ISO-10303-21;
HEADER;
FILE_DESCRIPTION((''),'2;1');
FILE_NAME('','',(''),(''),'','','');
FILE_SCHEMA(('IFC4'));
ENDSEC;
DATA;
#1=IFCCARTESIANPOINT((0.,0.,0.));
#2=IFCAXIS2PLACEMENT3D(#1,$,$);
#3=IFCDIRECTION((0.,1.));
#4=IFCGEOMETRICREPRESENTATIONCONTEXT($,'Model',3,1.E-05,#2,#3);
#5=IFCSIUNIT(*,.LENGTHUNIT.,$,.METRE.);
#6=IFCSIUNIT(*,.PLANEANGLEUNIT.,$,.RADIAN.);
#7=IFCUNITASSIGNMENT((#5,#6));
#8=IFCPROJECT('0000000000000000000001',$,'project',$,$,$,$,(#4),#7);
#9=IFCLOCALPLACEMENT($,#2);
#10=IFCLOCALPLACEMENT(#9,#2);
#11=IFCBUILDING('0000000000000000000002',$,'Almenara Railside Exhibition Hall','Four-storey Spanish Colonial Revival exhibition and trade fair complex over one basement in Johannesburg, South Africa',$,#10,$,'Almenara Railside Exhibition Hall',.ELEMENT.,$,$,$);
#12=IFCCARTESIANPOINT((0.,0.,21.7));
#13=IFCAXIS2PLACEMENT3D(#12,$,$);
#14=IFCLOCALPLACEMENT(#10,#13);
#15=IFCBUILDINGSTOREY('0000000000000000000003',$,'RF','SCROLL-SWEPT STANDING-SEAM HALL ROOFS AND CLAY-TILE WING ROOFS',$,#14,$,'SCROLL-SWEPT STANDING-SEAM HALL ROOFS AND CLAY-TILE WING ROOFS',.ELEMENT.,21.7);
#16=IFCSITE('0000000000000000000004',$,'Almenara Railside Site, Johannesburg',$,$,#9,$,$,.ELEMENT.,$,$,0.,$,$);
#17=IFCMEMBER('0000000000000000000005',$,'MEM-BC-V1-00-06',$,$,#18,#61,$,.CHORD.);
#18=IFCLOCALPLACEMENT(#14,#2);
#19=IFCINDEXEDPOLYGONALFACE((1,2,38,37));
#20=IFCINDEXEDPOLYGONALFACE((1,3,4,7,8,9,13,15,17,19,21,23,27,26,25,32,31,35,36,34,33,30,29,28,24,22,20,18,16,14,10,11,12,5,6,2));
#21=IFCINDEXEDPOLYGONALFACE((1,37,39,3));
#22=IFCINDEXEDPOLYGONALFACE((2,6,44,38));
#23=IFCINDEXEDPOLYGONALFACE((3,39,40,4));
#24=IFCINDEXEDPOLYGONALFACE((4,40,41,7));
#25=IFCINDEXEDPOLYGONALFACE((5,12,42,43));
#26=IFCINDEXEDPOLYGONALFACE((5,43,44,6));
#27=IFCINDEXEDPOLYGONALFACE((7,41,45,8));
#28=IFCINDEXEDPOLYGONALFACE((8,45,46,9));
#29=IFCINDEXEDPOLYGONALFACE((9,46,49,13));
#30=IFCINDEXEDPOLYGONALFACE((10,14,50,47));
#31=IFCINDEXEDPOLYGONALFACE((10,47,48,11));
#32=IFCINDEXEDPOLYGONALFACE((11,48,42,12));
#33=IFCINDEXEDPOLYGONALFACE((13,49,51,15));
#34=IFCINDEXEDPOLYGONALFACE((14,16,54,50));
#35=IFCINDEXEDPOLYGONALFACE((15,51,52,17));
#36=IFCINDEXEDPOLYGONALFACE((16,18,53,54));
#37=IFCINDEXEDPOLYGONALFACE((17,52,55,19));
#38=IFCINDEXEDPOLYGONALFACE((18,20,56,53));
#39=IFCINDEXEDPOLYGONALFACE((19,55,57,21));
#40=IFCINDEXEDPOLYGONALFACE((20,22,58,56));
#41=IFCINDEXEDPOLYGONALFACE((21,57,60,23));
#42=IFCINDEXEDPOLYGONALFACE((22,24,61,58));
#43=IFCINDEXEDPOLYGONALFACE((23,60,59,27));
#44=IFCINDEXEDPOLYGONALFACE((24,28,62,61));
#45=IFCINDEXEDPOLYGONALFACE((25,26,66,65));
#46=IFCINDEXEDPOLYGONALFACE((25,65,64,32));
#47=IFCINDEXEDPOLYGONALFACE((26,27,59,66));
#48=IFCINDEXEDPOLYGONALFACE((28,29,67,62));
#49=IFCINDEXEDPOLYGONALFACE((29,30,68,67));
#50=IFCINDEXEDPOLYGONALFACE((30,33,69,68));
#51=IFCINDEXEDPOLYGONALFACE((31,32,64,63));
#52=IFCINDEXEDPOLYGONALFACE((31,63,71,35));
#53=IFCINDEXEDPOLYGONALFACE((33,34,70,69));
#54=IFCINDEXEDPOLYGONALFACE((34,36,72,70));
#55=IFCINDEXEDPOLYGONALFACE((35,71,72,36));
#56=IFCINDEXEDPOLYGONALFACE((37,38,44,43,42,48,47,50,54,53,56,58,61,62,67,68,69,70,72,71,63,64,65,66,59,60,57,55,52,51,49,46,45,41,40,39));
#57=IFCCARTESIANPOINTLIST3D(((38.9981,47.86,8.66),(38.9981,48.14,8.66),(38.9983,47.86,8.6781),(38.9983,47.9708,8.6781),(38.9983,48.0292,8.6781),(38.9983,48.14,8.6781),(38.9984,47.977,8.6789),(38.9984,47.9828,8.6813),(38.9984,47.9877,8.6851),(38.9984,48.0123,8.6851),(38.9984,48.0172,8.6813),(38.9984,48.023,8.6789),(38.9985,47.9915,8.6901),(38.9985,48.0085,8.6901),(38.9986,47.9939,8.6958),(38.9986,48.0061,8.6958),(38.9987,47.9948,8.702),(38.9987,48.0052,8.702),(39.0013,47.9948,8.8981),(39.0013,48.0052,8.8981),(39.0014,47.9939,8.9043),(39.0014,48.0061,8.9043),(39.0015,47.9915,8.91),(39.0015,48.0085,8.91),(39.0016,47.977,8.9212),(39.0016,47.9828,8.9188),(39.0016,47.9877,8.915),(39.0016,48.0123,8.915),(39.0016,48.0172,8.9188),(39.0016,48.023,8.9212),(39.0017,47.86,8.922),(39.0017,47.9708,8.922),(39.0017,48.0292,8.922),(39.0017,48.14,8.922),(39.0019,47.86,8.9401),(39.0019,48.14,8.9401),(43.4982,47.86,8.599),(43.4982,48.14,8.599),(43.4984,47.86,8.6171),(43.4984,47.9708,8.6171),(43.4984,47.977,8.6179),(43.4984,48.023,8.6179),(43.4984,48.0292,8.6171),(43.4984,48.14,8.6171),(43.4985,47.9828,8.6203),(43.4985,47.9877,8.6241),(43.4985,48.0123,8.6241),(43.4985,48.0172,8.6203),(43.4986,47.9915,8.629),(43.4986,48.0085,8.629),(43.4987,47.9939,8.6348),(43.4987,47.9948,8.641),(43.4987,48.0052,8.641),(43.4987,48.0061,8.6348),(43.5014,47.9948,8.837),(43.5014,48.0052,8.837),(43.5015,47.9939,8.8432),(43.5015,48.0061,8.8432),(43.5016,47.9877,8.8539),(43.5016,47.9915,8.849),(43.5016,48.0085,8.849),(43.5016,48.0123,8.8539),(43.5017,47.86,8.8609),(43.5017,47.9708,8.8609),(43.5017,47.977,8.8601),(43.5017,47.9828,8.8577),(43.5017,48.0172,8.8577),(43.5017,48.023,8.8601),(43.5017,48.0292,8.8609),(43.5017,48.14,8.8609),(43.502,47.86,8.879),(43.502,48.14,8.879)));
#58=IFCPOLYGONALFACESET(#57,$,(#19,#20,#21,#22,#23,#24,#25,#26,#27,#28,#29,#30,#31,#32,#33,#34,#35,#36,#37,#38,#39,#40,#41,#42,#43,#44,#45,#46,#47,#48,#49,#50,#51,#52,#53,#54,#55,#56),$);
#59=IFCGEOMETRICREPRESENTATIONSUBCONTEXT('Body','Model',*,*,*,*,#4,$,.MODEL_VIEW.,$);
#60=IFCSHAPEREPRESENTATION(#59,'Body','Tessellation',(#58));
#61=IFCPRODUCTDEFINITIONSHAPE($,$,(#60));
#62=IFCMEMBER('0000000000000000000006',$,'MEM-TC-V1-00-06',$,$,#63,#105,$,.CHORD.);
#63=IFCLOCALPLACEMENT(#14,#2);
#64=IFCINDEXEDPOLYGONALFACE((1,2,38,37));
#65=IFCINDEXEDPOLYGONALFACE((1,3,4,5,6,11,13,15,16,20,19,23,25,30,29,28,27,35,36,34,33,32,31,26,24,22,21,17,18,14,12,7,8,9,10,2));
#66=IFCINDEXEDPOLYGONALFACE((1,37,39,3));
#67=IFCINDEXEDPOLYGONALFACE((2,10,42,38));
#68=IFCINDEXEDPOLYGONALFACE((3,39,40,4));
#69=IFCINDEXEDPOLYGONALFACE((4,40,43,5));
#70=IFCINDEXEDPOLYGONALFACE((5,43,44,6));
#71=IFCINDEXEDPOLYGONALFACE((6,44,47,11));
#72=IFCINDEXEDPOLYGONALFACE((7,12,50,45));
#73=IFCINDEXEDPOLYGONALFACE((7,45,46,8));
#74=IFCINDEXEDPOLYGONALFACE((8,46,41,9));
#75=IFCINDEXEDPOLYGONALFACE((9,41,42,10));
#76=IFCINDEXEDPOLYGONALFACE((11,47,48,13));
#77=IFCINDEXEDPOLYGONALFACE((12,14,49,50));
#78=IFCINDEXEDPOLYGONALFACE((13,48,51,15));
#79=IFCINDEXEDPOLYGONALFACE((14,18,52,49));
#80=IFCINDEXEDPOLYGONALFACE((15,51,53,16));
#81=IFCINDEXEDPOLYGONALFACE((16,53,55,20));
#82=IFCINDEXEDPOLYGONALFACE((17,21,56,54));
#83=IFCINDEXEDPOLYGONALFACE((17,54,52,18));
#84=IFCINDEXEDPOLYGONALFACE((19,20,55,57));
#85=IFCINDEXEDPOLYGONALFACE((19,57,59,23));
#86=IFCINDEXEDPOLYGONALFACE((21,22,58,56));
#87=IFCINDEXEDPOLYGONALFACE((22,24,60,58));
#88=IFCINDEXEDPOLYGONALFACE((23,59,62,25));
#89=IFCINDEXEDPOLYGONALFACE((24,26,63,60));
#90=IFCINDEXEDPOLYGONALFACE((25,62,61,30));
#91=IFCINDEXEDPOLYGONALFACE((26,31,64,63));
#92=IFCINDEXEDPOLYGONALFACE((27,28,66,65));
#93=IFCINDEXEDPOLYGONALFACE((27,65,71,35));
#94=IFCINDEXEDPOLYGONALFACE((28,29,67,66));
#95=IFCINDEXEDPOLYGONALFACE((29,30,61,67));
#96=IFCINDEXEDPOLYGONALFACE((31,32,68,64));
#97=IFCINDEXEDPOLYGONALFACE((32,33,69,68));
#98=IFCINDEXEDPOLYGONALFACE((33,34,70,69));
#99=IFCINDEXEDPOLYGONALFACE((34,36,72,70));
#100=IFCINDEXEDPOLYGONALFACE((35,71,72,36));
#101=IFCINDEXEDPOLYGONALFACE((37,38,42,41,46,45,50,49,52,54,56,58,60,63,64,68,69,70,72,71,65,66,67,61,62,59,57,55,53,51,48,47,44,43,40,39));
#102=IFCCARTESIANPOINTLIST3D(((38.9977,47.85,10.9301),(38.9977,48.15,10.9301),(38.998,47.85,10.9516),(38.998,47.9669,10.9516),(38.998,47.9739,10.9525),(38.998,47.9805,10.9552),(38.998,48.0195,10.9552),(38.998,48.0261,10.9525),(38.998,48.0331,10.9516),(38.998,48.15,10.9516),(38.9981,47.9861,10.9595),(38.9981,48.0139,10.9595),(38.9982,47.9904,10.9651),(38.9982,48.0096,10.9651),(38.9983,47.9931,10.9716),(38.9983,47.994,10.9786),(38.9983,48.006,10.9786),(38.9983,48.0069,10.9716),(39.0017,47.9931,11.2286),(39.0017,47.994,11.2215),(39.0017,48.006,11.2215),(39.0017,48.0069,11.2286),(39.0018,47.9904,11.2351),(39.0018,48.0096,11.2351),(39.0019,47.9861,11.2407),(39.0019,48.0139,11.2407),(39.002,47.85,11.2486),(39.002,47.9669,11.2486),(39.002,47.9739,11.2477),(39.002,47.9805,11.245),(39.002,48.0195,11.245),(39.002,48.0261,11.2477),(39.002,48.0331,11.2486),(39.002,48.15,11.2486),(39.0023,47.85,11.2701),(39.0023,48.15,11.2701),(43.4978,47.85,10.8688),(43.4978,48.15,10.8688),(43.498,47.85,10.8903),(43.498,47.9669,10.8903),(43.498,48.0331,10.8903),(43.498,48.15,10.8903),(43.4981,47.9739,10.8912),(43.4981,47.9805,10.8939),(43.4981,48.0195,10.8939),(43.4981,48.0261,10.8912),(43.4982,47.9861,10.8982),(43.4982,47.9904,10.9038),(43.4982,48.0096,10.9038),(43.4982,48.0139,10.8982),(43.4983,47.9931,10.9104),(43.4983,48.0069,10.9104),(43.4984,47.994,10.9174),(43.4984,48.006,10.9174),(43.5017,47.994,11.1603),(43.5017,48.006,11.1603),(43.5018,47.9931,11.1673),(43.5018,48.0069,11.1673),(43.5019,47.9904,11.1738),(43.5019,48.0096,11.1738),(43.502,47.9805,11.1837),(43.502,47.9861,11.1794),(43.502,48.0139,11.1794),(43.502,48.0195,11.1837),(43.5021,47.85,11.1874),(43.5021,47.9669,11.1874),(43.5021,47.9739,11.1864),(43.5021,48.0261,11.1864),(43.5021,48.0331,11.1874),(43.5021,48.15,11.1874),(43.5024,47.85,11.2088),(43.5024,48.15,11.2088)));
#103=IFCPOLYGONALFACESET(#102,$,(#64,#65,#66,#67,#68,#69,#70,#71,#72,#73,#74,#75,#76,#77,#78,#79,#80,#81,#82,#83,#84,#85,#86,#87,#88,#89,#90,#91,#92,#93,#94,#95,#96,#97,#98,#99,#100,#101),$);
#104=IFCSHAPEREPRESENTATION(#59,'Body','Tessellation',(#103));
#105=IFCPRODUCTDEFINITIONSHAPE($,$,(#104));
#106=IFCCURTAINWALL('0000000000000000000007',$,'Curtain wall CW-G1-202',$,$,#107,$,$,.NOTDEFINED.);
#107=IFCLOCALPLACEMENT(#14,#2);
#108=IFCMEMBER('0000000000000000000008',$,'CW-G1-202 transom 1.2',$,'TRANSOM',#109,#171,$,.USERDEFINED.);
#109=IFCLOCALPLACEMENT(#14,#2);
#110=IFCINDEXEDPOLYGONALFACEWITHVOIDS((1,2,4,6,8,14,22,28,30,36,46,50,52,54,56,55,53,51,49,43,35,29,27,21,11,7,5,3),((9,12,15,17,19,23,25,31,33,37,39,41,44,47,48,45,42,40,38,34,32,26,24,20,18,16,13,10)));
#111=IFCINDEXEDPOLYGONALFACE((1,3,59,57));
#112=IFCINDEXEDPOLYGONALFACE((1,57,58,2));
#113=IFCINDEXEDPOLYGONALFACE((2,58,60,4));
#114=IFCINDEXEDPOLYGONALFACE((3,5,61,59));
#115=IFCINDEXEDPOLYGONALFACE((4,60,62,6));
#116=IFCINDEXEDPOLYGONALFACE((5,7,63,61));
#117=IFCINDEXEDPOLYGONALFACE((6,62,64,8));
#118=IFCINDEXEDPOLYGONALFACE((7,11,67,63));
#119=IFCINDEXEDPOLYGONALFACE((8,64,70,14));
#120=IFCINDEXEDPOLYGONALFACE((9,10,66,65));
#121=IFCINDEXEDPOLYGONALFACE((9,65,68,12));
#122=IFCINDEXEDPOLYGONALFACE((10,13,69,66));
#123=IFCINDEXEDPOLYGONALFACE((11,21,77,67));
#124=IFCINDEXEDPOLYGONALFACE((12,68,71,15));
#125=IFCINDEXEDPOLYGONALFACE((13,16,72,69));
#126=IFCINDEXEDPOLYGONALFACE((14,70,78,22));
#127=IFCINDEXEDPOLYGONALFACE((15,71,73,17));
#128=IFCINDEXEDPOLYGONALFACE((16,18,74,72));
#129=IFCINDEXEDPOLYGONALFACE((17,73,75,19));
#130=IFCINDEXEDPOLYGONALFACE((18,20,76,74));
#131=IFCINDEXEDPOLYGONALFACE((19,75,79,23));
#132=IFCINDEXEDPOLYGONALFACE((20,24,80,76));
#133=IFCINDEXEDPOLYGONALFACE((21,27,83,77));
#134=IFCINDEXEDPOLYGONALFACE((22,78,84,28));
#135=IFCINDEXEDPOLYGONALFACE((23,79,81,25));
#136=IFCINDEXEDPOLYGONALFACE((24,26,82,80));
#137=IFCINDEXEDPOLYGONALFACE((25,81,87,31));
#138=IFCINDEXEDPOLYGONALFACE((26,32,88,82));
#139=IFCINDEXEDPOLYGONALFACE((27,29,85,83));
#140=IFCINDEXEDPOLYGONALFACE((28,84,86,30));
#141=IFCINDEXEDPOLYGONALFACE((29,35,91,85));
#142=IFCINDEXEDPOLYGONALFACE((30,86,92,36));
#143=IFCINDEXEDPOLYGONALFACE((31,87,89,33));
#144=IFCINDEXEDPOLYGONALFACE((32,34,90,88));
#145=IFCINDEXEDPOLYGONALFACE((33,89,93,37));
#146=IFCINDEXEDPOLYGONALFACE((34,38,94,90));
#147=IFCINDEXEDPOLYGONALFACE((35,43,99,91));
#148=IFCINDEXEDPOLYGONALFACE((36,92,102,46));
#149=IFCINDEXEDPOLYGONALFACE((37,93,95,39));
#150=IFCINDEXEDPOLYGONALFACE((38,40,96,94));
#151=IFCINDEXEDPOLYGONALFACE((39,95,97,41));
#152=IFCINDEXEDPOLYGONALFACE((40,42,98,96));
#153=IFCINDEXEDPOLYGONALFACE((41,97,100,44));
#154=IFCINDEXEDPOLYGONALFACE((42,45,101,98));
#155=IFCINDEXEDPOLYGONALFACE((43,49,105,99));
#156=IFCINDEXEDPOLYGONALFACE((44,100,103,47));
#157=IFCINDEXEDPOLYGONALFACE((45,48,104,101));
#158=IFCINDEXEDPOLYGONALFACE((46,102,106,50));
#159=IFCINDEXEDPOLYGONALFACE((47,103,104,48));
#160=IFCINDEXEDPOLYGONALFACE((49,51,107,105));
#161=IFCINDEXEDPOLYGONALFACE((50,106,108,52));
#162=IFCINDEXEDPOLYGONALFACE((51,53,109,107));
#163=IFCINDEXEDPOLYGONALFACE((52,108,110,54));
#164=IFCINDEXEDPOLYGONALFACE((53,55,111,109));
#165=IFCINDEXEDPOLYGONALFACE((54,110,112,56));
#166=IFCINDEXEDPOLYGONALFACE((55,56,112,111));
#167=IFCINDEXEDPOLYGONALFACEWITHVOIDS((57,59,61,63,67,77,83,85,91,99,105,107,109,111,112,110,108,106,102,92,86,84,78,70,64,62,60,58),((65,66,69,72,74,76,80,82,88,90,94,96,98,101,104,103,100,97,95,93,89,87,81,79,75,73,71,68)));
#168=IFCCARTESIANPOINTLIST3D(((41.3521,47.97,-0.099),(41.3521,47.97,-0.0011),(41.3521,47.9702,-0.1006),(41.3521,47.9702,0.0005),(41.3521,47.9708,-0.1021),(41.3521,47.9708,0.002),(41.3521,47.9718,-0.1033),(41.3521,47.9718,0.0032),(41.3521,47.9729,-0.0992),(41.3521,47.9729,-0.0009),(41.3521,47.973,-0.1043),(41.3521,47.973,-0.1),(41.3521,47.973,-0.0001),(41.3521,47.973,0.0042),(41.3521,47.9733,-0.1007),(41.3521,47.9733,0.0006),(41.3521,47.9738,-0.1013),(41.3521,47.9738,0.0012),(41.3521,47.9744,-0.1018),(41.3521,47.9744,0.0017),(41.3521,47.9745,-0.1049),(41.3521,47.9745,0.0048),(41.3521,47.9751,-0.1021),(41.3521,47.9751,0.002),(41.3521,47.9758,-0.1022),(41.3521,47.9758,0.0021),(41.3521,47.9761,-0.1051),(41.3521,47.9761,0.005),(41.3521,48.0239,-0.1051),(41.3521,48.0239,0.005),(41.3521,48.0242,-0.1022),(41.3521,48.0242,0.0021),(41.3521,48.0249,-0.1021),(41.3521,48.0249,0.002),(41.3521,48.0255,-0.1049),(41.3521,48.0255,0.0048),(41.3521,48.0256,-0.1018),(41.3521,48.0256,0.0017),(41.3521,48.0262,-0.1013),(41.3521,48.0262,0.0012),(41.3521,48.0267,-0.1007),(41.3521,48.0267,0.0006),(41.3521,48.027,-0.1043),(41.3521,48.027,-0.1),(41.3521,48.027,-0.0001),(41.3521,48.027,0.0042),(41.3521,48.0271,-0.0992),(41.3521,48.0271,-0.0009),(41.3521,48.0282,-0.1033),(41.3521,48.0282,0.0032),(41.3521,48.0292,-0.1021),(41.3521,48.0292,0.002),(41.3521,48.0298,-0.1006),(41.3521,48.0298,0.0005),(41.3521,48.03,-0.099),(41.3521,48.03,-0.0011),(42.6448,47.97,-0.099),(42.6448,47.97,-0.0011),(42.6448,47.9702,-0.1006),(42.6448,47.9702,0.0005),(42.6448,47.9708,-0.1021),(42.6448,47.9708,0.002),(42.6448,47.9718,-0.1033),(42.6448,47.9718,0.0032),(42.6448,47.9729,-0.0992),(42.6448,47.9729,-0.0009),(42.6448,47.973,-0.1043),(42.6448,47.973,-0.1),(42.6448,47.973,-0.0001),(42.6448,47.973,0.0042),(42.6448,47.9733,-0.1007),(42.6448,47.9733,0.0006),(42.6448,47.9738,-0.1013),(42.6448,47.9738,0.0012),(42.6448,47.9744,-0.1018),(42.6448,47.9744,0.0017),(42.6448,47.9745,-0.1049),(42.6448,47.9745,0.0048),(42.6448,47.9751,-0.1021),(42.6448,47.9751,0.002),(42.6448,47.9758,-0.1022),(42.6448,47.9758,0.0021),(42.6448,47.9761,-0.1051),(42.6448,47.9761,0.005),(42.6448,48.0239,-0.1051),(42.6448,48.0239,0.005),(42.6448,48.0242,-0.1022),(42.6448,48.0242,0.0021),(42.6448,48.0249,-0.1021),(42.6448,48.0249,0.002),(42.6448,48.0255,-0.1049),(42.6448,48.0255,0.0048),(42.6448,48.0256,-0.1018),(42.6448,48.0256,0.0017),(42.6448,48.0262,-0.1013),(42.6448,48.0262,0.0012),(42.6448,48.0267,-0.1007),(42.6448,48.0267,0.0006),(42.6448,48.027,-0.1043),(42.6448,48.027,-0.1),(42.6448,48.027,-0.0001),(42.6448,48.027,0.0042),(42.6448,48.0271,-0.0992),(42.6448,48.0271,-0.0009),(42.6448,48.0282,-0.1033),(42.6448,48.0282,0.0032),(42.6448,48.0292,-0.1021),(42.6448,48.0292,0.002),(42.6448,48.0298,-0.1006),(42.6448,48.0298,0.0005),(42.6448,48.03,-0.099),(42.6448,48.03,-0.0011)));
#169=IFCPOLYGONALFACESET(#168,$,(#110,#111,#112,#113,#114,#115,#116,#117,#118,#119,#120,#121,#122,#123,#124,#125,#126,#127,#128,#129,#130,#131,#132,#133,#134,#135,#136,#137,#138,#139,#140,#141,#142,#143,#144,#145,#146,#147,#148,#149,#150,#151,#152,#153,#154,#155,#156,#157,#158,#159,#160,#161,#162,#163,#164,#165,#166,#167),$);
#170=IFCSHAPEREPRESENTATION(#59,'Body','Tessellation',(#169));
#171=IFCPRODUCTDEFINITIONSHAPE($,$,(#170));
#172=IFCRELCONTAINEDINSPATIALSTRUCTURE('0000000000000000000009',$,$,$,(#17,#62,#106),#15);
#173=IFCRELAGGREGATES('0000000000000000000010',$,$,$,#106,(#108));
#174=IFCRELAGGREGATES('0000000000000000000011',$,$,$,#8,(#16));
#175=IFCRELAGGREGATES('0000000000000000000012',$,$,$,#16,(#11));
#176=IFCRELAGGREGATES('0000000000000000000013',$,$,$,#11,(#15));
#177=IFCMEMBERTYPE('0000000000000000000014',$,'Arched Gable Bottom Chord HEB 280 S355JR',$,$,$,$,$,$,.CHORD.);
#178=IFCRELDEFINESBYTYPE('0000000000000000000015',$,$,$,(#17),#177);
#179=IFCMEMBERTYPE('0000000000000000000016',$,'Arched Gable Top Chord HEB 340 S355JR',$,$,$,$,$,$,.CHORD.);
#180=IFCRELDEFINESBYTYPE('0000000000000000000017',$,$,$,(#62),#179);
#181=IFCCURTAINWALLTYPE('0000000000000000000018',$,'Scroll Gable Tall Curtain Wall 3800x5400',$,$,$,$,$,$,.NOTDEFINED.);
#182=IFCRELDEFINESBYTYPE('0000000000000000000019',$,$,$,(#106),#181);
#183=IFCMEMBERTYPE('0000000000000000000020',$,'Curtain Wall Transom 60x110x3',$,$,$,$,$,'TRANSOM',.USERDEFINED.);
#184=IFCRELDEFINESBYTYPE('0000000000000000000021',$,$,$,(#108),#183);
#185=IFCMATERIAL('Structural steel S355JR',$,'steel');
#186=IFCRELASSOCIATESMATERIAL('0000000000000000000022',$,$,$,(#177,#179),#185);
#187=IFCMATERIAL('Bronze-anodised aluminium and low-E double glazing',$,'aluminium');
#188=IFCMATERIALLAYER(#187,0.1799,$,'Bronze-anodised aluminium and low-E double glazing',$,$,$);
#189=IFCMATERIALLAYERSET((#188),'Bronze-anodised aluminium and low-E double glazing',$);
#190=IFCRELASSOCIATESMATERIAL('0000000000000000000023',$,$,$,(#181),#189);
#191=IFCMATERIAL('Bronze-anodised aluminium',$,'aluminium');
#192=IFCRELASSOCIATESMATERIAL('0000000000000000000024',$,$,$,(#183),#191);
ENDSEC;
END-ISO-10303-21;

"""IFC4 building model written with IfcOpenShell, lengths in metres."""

from ifc_helpers import new_model, si_unit, direction, frame, origin, origin_2d, place, context, subcontext, project, spatial, hollow_rectangle, i_section, extrude, material, layer, layer_set, material_profile, profile_set, type_object, element, aggregate, save


model = new_model("IFC4")

# Units and contexts
model_context = context("Model", 3, precision=1e-05, world=origin(), true_north=direction((0.0, 1.0)))
body_context = subcontext(model_context, "Body", "Model", "MODEL_VIEW")
ifc_project = project(units=[si_unit("LENGTHUNIT", "METRE"), si_unit("PLANEANGLEUNIT", "RADIAN")], contexts=[model_context])

# Site, building, storey
site_placement = place(None, origin())
site = spatial("IfcSite", under=ifc_project, at=site_placement, Name="Almenara Railside Site, Johannesburg", CompositionType="ELEMENT", RefElevation=0.0)
building_placement = place(site_placement, origin())
building = spatial("IfcBuilding", under=site, at=building_placement, Name="Almenara Railside Exhibition Hall", Description="Four-storey Spanish Colonial Revival exhibition and trade fair complex over one basement in Johannesburg, South Africa", LongName="Almenara Railside Exhibition Hall", CompositionType="ELEMENT")
storey_placement = place(building_placement, frame((0.0, 0.0, 21.7)))
storey = spatial("IfcBuildingStorey", under=building, at=storey_placement, Name="RF", Description="SCROLL-SWEPT STANDING-SEAM HALL ROOFS AND CLAY-TILE WING ROOFS", LongName="SCROLL-SWEPT STANDING-SEAM HALL ROOFS AND CLAY-TILE WING ROOFS", CompositionType="ELEMENT", Elevation=21.7)

# Members
ifc_material_1 = material(Name="Structural steel S355JR", Category="steel")
ifc_material_profile_1 = material_profile(ifc_material_1, i_section(OverallWidth=0.28, OverallDepth=0.28, WebThickness=0.0105, FlangeThickness=0.0181, FilletRadius=0.0239, at=origin_2d()), Name="HEB 280")
ifc_profile_set_1 = profile_set([ifc_material_profile_1], Name="Structural steel S355JR")
member_type_1 = type_object("IfcMemberType", Name="Arched Gable Bottom Chord HEB 280 S355JR", PredefinedType="CHORD", material=ifc_profile_set_1)
member_1_placement = place(storey_placement, frame((39.0, 48.0, 8.8), z_axis=(0.999908, 0.0, -0.013562), x_axis=(0.0, 1.0, 0.0)))
element("IfcMember", 1, at=member_1_placement, inside=storey, type_object=member_type_1, Name="MEM-BC-V1-00-06", PredefinedType="CHORD", context=body_context, shape_type="SweptSolid", body=[
    extrude(i_section(OverallWidth=0.28, OverallDepth=0.28, WebThickness=0.0105, FlangeThickness=0.0181, FilletRadius=0.0239, at=origin_2d()), origin(), (0.0, 0.0, 1.0), 4.5005),
])
ifc_material_profile_2 = material_profile(ifc_material_1, i_section(OverallWidth=0.3, OverallDepth=0.3401, WebThickness=0.012, FlangeThickness=0.0215, FilletRadius=0.0271, at=origin_2d()), Name="HEB 340")
ifc_profile_set_2 = profile_set([ifc_material_profile_2], Name="Structural steel S355JR")
member_type_2 = type_object("IfcMemberType", Name="Arched Gable Top Chord HEB 340 S355JR", PredefinedType="CHORD", material=ifc_profile_set_2)
member_2_placement = place(storey_placement, frame((39.0, 48.0, 11.1001), z_axis=(0.999907, 0.0, -0.013616), x_axis=(0.0, 1.0, 0.0)))
element("IfcMember", 2, at=member_2_placement, inside=storey, type_object=member_type_2, Name="MEM-TC-V1-00-06", PredefinedType="CHORD", context=body_context, shape_type="SweptSolid", body=[
    extrude(i_section(OverallWidth=0.3, OverallDepth=0.3401, WebThickness=0.012, FlangeThickness=0.0215, FilletRadius=0.0271, at=origin_2d()), origin(), (0.0, 0.0, 1.0), 4.5005),
])

# Curtain wall, member
ifc_material_2 = material(Name="Bronze-anodised aluminium and low-E double glazing", Category="aluminium")
ifc_layer_1 = layer(ifc_material_2, 0.1799, Name="Bronze-anodised aluminium and low-E double glazing")
ifc_layer_set_1 = layer_set([ifc_layer_1], Name="Bronze-anodised aluminium and low-E double glazing")
curtain_wall_type = type_object("IfcCurtainWallType", Name="Scroll Gable Tall Curtain Wall 3800x5400", PredefinedType="NOTDEFINED", material=ifc_layer_set_1)
curtain_wall_1_placement = place(storey_placement, origin())
curtain_wall_1 = element("IfcCurtainWall", 3, at=curtain_wall_1_placement, inside=storey, type_object=curtain_wall_type, Name="Curtain wall CW-G1-202", PredefinedType="NOTDEFINED")
ifc_material_3 = material(Name="Bronze-anodised aluminium", Category="aluminium")
ifc_material_profile_3 = material_profile(ifc_material_3, hollow_rectangle(XDim=0.0601, YDim=0.1101, WallThickness=0.0029, InnerFilletRadius=0.0029, OuterFilletRadius=0.0061, at=origin_2d()), Name="ALU-TRN 60x110x3")
ifc_profile_set_3 = profile_set([ifc_material_profile_3], Name="Bronze-anodised aluminium")
member_type_3 = type_object("IfcMemberType", Name="Curtain Wall Transom 60x110x3", ElementType="TRANSOM", PredefinedType="USERDEFINED", material=ifc_profile_set_3)
member_3_placement = place(storey_placement, frame((41.3521, 48.0, -0.05), z_axis=(1.0, 0.0, 0.0), x_axis=(0.0, 1.0, 0.0)))
member_3 = element("IfcMember", 4, at=member_3_placement, type_object=member_type_3, Name="CW-G1-202 transom 1.2", ObjectType="TRANSOM", PredefinedType="USERDEFINED", context=body_context, shape_type="SweptSolid", body=[
    extrude(hollow_rectangle(XDim=0.0601, YDim=0.1101, WallThickness=0.0029, InnerFilletRadius=0.0029, OuterFilletRadius=0.0061, at=origin_2d()), origin(), (0.0, 0.0, 1.0), 1.2927),
])

aggregate(curtain_wall_1, [member_3])

save(model, "model.ifc")
